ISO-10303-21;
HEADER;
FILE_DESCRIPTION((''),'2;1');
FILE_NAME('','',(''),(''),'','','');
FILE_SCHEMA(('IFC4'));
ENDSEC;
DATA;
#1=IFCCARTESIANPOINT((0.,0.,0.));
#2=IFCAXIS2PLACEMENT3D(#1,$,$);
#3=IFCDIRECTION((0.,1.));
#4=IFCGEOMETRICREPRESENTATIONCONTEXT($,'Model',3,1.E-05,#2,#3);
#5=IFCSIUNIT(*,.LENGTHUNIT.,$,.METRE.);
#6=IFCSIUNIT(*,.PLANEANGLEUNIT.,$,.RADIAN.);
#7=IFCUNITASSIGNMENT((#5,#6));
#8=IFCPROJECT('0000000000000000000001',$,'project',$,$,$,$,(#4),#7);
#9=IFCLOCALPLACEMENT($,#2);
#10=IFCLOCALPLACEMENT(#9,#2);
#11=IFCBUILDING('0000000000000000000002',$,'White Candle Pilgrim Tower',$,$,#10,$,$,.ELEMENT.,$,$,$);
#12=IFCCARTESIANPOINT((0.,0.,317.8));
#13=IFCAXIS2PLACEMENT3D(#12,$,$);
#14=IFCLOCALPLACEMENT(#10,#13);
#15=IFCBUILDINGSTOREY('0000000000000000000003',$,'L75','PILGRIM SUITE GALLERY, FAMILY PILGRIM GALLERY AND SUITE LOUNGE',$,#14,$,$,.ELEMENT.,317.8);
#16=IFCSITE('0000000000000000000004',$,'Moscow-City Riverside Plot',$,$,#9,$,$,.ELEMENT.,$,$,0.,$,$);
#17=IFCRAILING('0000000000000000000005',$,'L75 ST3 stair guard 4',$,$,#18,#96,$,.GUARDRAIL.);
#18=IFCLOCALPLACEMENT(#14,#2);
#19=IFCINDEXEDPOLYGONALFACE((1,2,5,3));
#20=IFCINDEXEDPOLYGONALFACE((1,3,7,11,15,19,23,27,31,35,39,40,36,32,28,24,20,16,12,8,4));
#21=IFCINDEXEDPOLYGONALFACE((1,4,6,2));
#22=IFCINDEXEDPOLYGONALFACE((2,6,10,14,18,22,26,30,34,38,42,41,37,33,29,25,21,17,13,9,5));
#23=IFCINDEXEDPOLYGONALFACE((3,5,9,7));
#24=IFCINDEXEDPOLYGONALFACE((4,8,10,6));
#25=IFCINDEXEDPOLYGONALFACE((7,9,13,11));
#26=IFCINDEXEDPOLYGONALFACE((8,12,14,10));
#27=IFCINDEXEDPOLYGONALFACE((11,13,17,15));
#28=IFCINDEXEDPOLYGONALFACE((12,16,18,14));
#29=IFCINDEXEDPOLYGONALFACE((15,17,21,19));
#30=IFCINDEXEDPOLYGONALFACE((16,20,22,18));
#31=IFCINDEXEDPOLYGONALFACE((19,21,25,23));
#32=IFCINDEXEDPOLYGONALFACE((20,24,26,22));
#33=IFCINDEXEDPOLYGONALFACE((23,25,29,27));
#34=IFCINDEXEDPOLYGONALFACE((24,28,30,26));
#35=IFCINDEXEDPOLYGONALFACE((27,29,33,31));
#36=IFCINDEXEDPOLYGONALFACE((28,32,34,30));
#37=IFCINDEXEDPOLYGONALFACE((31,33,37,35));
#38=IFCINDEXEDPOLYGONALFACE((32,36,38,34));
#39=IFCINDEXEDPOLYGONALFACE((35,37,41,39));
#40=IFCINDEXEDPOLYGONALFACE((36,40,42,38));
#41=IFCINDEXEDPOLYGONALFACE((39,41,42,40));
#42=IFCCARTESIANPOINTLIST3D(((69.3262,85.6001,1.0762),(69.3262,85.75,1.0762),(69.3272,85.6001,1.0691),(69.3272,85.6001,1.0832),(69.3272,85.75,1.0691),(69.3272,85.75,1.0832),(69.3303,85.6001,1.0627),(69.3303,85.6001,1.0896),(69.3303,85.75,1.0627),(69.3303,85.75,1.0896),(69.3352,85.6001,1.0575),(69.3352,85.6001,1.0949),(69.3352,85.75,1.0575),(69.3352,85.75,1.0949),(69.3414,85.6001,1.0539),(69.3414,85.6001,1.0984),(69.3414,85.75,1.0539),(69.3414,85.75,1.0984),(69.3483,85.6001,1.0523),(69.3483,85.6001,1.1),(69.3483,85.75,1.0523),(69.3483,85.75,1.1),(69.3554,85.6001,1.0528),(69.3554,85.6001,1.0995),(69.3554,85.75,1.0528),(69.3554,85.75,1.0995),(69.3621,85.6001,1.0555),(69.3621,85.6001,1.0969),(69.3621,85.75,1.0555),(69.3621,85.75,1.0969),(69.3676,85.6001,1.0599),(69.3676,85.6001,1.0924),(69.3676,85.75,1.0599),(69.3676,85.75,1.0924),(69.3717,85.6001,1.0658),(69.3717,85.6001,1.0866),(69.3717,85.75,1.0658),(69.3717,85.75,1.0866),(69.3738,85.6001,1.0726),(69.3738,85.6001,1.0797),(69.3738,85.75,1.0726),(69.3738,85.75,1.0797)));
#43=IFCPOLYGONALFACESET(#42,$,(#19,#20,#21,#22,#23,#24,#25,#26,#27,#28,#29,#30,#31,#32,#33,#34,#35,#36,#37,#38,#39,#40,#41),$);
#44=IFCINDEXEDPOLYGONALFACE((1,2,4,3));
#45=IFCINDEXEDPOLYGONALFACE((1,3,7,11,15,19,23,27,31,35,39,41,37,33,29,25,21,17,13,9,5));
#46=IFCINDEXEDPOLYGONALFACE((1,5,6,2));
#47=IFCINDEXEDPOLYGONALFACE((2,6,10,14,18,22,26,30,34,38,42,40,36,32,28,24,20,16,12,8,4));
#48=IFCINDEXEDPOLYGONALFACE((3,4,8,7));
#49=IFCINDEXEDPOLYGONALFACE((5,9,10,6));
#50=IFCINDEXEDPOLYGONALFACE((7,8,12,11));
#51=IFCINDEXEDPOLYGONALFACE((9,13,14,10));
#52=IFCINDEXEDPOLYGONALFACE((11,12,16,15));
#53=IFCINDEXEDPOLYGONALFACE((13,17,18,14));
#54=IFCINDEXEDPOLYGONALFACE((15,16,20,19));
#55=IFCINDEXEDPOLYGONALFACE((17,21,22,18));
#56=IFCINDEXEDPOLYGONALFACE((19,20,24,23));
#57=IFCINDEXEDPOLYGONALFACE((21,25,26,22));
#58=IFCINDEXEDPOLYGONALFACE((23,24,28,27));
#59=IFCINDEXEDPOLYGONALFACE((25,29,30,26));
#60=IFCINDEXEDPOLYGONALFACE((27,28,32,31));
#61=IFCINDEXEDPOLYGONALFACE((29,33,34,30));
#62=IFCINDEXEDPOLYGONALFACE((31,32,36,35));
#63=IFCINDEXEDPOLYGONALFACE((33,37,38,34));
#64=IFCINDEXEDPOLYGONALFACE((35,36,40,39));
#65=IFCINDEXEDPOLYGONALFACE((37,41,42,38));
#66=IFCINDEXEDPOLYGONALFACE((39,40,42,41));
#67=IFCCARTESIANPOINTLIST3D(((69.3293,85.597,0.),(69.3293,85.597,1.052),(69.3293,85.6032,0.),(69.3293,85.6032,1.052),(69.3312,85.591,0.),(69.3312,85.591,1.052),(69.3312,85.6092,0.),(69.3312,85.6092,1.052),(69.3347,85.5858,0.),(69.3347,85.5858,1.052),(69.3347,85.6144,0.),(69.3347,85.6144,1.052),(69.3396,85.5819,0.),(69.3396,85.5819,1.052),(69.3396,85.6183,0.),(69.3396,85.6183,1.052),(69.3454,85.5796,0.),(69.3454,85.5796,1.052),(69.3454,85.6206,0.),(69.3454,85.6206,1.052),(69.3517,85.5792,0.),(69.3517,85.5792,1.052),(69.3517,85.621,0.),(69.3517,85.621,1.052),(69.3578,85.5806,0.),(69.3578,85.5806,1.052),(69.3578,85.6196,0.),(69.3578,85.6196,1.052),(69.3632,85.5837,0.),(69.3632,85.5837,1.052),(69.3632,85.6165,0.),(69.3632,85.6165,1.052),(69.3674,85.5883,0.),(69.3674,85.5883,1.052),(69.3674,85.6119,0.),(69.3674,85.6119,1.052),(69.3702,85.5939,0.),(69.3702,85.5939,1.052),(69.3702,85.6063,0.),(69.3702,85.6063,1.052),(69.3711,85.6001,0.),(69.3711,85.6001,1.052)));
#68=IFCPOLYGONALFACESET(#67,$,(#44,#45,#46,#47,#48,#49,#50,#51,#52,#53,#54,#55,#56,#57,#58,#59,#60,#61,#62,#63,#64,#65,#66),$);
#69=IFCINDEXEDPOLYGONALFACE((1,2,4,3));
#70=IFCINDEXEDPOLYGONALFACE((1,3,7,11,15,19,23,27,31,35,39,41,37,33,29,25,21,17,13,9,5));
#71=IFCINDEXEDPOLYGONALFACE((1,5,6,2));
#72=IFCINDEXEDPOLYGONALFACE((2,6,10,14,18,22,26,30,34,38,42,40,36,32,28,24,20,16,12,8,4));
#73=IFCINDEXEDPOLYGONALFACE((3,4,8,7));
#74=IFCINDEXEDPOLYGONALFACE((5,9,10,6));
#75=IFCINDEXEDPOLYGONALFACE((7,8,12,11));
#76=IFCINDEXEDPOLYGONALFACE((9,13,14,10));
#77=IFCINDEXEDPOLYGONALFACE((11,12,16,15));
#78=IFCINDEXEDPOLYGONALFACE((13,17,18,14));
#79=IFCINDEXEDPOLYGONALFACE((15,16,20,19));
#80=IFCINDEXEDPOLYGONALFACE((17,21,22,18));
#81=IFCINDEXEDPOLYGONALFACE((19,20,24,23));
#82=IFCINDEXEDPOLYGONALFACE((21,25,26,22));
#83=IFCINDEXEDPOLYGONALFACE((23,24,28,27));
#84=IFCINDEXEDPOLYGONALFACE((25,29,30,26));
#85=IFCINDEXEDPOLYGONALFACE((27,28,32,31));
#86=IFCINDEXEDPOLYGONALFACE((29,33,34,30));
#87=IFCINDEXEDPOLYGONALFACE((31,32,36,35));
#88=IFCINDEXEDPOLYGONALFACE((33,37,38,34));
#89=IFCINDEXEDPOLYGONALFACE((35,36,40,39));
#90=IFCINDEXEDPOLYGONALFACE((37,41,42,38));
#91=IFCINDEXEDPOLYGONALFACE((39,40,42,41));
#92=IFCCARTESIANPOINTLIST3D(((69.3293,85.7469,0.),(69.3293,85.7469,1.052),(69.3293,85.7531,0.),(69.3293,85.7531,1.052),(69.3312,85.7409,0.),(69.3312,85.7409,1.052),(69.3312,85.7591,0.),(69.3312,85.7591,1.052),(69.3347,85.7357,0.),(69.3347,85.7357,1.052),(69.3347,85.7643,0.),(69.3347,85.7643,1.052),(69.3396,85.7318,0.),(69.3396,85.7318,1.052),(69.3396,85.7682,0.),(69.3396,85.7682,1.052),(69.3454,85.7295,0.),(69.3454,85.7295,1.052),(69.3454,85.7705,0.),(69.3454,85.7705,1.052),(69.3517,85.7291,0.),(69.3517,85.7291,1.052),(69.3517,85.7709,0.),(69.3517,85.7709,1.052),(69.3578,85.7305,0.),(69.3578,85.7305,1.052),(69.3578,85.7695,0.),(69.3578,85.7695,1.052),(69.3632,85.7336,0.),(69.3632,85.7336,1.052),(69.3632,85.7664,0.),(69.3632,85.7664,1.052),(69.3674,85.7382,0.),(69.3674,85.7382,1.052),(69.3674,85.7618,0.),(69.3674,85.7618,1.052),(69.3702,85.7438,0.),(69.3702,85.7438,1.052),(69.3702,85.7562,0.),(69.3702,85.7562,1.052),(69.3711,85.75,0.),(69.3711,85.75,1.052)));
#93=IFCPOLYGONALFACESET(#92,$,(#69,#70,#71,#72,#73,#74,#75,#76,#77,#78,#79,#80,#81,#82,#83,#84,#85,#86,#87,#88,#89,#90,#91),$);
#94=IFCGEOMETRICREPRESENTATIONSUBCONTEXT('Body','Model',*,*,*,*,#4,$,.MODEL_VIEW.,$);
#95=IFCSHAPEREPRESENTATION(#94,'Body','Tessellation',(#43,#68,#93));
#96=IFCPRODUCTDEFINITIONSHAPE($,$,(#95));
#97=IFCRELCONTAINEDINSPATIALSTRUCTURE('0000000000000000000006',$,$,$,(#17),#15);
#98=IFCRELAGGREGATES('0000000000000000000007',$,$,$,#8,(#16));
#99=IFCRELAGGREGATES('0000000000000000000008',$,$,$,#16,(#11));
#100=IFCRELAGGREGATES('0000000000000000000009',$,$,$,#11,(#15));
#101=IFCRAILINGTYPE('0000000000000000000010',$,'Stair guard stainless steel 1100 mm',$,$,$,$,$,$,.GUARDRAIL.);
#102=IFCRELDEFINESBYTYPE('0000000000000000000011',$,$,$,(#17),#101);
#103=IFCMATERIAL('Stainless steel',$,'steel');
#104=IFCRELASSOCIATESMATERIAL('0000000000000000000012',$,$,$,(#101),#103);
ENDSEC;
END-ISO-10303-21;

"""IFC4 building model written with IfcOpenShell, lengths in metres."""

from ifc_helpers import new_model, si_unit, direction, frame, origin, origin_2d, place, context, subcontext, project, spatial, circle, extrude, material, type_object, element, save


model = new_model("IFC4")

# Units and contexts
model_context = context("Model", 3, precision=1e-05, world=origin(), true_north=direction((0.0, 1.0)))
body_context = subcontext(model_context, "Body", "Model", "MODEL_VIEW")
ifc_project = project(units=[si_unit("LENGTHUNIT", "METRE"), si_unit("PLANEANGLEUNIT", "RADIAN")], contexts=[model_context])

# Site, building, storey
site_placement = place(None, origin())
site = spatial("IfcSite", under=ifc_project, at=site_placement, Name="Moscow-City Riverside Plot", CompositionType="ELEMENT", RefElevation=0.0)
building_placement = place(site_placement, origin())
building = spatial("IfcBuilding", under=site, at=building_placement, Name="White Candle Pilgrim Tower", CompositionType="ELEMENT")
storey_placement = place(building_placement, frame((0.0, 0.0, 317.8)))
storey = spatial("IfcBuildingStorey", under=building, at=storey_placement, Name="L75", Description="PILGRIM SUITE GALLERY, FAMILY PILGRIM GALLERY AND SUITE LOUNGE", CompositionType="ELEMENT", Elevation=317.8)

# Railing
ifc_material_1 = material(Name="Stainless steel", Category="steel")
railing_type_1 = type_object("IfcRailingType", Name="Stair guard stainless steel 1100 mm", PredefinedType="GUARDRAIL", material=ifc_material_1)
railing_1_placement = place(storey_placement, frame((69.3501, 85.6001, 0.0)))
element("IfcRailing", 1, at=railing_1_placement, inside=storey, type_object=railing_type_1, Name="L75 ST3 stair guard 4", PredefinedType="GUARDRAIL", context=body_context, shape_type="SweptSolid", body=[
    extrude(circle(Radius=0.0239, at=origin_2d()), frame((0.0, 0.0, 1.0762), z_axis=(0.0, 1.0, 0.0), x_axis=(-1.0, 0.0, 0.0)), (0.0, 0.0, 1.0), 0.1499),
    extrude(circle(Radius=0.021, at=origin_2d()), origin(), (0.0, 0.0, 1.0), 1.052),
    extrude(circle(Radius=0.021, at=origin_2d()), frame((0.0, 0.1499, 0.0)), (0.0, 0.0, 1.0), 1.052),
])

save(model, "model.ifc")
